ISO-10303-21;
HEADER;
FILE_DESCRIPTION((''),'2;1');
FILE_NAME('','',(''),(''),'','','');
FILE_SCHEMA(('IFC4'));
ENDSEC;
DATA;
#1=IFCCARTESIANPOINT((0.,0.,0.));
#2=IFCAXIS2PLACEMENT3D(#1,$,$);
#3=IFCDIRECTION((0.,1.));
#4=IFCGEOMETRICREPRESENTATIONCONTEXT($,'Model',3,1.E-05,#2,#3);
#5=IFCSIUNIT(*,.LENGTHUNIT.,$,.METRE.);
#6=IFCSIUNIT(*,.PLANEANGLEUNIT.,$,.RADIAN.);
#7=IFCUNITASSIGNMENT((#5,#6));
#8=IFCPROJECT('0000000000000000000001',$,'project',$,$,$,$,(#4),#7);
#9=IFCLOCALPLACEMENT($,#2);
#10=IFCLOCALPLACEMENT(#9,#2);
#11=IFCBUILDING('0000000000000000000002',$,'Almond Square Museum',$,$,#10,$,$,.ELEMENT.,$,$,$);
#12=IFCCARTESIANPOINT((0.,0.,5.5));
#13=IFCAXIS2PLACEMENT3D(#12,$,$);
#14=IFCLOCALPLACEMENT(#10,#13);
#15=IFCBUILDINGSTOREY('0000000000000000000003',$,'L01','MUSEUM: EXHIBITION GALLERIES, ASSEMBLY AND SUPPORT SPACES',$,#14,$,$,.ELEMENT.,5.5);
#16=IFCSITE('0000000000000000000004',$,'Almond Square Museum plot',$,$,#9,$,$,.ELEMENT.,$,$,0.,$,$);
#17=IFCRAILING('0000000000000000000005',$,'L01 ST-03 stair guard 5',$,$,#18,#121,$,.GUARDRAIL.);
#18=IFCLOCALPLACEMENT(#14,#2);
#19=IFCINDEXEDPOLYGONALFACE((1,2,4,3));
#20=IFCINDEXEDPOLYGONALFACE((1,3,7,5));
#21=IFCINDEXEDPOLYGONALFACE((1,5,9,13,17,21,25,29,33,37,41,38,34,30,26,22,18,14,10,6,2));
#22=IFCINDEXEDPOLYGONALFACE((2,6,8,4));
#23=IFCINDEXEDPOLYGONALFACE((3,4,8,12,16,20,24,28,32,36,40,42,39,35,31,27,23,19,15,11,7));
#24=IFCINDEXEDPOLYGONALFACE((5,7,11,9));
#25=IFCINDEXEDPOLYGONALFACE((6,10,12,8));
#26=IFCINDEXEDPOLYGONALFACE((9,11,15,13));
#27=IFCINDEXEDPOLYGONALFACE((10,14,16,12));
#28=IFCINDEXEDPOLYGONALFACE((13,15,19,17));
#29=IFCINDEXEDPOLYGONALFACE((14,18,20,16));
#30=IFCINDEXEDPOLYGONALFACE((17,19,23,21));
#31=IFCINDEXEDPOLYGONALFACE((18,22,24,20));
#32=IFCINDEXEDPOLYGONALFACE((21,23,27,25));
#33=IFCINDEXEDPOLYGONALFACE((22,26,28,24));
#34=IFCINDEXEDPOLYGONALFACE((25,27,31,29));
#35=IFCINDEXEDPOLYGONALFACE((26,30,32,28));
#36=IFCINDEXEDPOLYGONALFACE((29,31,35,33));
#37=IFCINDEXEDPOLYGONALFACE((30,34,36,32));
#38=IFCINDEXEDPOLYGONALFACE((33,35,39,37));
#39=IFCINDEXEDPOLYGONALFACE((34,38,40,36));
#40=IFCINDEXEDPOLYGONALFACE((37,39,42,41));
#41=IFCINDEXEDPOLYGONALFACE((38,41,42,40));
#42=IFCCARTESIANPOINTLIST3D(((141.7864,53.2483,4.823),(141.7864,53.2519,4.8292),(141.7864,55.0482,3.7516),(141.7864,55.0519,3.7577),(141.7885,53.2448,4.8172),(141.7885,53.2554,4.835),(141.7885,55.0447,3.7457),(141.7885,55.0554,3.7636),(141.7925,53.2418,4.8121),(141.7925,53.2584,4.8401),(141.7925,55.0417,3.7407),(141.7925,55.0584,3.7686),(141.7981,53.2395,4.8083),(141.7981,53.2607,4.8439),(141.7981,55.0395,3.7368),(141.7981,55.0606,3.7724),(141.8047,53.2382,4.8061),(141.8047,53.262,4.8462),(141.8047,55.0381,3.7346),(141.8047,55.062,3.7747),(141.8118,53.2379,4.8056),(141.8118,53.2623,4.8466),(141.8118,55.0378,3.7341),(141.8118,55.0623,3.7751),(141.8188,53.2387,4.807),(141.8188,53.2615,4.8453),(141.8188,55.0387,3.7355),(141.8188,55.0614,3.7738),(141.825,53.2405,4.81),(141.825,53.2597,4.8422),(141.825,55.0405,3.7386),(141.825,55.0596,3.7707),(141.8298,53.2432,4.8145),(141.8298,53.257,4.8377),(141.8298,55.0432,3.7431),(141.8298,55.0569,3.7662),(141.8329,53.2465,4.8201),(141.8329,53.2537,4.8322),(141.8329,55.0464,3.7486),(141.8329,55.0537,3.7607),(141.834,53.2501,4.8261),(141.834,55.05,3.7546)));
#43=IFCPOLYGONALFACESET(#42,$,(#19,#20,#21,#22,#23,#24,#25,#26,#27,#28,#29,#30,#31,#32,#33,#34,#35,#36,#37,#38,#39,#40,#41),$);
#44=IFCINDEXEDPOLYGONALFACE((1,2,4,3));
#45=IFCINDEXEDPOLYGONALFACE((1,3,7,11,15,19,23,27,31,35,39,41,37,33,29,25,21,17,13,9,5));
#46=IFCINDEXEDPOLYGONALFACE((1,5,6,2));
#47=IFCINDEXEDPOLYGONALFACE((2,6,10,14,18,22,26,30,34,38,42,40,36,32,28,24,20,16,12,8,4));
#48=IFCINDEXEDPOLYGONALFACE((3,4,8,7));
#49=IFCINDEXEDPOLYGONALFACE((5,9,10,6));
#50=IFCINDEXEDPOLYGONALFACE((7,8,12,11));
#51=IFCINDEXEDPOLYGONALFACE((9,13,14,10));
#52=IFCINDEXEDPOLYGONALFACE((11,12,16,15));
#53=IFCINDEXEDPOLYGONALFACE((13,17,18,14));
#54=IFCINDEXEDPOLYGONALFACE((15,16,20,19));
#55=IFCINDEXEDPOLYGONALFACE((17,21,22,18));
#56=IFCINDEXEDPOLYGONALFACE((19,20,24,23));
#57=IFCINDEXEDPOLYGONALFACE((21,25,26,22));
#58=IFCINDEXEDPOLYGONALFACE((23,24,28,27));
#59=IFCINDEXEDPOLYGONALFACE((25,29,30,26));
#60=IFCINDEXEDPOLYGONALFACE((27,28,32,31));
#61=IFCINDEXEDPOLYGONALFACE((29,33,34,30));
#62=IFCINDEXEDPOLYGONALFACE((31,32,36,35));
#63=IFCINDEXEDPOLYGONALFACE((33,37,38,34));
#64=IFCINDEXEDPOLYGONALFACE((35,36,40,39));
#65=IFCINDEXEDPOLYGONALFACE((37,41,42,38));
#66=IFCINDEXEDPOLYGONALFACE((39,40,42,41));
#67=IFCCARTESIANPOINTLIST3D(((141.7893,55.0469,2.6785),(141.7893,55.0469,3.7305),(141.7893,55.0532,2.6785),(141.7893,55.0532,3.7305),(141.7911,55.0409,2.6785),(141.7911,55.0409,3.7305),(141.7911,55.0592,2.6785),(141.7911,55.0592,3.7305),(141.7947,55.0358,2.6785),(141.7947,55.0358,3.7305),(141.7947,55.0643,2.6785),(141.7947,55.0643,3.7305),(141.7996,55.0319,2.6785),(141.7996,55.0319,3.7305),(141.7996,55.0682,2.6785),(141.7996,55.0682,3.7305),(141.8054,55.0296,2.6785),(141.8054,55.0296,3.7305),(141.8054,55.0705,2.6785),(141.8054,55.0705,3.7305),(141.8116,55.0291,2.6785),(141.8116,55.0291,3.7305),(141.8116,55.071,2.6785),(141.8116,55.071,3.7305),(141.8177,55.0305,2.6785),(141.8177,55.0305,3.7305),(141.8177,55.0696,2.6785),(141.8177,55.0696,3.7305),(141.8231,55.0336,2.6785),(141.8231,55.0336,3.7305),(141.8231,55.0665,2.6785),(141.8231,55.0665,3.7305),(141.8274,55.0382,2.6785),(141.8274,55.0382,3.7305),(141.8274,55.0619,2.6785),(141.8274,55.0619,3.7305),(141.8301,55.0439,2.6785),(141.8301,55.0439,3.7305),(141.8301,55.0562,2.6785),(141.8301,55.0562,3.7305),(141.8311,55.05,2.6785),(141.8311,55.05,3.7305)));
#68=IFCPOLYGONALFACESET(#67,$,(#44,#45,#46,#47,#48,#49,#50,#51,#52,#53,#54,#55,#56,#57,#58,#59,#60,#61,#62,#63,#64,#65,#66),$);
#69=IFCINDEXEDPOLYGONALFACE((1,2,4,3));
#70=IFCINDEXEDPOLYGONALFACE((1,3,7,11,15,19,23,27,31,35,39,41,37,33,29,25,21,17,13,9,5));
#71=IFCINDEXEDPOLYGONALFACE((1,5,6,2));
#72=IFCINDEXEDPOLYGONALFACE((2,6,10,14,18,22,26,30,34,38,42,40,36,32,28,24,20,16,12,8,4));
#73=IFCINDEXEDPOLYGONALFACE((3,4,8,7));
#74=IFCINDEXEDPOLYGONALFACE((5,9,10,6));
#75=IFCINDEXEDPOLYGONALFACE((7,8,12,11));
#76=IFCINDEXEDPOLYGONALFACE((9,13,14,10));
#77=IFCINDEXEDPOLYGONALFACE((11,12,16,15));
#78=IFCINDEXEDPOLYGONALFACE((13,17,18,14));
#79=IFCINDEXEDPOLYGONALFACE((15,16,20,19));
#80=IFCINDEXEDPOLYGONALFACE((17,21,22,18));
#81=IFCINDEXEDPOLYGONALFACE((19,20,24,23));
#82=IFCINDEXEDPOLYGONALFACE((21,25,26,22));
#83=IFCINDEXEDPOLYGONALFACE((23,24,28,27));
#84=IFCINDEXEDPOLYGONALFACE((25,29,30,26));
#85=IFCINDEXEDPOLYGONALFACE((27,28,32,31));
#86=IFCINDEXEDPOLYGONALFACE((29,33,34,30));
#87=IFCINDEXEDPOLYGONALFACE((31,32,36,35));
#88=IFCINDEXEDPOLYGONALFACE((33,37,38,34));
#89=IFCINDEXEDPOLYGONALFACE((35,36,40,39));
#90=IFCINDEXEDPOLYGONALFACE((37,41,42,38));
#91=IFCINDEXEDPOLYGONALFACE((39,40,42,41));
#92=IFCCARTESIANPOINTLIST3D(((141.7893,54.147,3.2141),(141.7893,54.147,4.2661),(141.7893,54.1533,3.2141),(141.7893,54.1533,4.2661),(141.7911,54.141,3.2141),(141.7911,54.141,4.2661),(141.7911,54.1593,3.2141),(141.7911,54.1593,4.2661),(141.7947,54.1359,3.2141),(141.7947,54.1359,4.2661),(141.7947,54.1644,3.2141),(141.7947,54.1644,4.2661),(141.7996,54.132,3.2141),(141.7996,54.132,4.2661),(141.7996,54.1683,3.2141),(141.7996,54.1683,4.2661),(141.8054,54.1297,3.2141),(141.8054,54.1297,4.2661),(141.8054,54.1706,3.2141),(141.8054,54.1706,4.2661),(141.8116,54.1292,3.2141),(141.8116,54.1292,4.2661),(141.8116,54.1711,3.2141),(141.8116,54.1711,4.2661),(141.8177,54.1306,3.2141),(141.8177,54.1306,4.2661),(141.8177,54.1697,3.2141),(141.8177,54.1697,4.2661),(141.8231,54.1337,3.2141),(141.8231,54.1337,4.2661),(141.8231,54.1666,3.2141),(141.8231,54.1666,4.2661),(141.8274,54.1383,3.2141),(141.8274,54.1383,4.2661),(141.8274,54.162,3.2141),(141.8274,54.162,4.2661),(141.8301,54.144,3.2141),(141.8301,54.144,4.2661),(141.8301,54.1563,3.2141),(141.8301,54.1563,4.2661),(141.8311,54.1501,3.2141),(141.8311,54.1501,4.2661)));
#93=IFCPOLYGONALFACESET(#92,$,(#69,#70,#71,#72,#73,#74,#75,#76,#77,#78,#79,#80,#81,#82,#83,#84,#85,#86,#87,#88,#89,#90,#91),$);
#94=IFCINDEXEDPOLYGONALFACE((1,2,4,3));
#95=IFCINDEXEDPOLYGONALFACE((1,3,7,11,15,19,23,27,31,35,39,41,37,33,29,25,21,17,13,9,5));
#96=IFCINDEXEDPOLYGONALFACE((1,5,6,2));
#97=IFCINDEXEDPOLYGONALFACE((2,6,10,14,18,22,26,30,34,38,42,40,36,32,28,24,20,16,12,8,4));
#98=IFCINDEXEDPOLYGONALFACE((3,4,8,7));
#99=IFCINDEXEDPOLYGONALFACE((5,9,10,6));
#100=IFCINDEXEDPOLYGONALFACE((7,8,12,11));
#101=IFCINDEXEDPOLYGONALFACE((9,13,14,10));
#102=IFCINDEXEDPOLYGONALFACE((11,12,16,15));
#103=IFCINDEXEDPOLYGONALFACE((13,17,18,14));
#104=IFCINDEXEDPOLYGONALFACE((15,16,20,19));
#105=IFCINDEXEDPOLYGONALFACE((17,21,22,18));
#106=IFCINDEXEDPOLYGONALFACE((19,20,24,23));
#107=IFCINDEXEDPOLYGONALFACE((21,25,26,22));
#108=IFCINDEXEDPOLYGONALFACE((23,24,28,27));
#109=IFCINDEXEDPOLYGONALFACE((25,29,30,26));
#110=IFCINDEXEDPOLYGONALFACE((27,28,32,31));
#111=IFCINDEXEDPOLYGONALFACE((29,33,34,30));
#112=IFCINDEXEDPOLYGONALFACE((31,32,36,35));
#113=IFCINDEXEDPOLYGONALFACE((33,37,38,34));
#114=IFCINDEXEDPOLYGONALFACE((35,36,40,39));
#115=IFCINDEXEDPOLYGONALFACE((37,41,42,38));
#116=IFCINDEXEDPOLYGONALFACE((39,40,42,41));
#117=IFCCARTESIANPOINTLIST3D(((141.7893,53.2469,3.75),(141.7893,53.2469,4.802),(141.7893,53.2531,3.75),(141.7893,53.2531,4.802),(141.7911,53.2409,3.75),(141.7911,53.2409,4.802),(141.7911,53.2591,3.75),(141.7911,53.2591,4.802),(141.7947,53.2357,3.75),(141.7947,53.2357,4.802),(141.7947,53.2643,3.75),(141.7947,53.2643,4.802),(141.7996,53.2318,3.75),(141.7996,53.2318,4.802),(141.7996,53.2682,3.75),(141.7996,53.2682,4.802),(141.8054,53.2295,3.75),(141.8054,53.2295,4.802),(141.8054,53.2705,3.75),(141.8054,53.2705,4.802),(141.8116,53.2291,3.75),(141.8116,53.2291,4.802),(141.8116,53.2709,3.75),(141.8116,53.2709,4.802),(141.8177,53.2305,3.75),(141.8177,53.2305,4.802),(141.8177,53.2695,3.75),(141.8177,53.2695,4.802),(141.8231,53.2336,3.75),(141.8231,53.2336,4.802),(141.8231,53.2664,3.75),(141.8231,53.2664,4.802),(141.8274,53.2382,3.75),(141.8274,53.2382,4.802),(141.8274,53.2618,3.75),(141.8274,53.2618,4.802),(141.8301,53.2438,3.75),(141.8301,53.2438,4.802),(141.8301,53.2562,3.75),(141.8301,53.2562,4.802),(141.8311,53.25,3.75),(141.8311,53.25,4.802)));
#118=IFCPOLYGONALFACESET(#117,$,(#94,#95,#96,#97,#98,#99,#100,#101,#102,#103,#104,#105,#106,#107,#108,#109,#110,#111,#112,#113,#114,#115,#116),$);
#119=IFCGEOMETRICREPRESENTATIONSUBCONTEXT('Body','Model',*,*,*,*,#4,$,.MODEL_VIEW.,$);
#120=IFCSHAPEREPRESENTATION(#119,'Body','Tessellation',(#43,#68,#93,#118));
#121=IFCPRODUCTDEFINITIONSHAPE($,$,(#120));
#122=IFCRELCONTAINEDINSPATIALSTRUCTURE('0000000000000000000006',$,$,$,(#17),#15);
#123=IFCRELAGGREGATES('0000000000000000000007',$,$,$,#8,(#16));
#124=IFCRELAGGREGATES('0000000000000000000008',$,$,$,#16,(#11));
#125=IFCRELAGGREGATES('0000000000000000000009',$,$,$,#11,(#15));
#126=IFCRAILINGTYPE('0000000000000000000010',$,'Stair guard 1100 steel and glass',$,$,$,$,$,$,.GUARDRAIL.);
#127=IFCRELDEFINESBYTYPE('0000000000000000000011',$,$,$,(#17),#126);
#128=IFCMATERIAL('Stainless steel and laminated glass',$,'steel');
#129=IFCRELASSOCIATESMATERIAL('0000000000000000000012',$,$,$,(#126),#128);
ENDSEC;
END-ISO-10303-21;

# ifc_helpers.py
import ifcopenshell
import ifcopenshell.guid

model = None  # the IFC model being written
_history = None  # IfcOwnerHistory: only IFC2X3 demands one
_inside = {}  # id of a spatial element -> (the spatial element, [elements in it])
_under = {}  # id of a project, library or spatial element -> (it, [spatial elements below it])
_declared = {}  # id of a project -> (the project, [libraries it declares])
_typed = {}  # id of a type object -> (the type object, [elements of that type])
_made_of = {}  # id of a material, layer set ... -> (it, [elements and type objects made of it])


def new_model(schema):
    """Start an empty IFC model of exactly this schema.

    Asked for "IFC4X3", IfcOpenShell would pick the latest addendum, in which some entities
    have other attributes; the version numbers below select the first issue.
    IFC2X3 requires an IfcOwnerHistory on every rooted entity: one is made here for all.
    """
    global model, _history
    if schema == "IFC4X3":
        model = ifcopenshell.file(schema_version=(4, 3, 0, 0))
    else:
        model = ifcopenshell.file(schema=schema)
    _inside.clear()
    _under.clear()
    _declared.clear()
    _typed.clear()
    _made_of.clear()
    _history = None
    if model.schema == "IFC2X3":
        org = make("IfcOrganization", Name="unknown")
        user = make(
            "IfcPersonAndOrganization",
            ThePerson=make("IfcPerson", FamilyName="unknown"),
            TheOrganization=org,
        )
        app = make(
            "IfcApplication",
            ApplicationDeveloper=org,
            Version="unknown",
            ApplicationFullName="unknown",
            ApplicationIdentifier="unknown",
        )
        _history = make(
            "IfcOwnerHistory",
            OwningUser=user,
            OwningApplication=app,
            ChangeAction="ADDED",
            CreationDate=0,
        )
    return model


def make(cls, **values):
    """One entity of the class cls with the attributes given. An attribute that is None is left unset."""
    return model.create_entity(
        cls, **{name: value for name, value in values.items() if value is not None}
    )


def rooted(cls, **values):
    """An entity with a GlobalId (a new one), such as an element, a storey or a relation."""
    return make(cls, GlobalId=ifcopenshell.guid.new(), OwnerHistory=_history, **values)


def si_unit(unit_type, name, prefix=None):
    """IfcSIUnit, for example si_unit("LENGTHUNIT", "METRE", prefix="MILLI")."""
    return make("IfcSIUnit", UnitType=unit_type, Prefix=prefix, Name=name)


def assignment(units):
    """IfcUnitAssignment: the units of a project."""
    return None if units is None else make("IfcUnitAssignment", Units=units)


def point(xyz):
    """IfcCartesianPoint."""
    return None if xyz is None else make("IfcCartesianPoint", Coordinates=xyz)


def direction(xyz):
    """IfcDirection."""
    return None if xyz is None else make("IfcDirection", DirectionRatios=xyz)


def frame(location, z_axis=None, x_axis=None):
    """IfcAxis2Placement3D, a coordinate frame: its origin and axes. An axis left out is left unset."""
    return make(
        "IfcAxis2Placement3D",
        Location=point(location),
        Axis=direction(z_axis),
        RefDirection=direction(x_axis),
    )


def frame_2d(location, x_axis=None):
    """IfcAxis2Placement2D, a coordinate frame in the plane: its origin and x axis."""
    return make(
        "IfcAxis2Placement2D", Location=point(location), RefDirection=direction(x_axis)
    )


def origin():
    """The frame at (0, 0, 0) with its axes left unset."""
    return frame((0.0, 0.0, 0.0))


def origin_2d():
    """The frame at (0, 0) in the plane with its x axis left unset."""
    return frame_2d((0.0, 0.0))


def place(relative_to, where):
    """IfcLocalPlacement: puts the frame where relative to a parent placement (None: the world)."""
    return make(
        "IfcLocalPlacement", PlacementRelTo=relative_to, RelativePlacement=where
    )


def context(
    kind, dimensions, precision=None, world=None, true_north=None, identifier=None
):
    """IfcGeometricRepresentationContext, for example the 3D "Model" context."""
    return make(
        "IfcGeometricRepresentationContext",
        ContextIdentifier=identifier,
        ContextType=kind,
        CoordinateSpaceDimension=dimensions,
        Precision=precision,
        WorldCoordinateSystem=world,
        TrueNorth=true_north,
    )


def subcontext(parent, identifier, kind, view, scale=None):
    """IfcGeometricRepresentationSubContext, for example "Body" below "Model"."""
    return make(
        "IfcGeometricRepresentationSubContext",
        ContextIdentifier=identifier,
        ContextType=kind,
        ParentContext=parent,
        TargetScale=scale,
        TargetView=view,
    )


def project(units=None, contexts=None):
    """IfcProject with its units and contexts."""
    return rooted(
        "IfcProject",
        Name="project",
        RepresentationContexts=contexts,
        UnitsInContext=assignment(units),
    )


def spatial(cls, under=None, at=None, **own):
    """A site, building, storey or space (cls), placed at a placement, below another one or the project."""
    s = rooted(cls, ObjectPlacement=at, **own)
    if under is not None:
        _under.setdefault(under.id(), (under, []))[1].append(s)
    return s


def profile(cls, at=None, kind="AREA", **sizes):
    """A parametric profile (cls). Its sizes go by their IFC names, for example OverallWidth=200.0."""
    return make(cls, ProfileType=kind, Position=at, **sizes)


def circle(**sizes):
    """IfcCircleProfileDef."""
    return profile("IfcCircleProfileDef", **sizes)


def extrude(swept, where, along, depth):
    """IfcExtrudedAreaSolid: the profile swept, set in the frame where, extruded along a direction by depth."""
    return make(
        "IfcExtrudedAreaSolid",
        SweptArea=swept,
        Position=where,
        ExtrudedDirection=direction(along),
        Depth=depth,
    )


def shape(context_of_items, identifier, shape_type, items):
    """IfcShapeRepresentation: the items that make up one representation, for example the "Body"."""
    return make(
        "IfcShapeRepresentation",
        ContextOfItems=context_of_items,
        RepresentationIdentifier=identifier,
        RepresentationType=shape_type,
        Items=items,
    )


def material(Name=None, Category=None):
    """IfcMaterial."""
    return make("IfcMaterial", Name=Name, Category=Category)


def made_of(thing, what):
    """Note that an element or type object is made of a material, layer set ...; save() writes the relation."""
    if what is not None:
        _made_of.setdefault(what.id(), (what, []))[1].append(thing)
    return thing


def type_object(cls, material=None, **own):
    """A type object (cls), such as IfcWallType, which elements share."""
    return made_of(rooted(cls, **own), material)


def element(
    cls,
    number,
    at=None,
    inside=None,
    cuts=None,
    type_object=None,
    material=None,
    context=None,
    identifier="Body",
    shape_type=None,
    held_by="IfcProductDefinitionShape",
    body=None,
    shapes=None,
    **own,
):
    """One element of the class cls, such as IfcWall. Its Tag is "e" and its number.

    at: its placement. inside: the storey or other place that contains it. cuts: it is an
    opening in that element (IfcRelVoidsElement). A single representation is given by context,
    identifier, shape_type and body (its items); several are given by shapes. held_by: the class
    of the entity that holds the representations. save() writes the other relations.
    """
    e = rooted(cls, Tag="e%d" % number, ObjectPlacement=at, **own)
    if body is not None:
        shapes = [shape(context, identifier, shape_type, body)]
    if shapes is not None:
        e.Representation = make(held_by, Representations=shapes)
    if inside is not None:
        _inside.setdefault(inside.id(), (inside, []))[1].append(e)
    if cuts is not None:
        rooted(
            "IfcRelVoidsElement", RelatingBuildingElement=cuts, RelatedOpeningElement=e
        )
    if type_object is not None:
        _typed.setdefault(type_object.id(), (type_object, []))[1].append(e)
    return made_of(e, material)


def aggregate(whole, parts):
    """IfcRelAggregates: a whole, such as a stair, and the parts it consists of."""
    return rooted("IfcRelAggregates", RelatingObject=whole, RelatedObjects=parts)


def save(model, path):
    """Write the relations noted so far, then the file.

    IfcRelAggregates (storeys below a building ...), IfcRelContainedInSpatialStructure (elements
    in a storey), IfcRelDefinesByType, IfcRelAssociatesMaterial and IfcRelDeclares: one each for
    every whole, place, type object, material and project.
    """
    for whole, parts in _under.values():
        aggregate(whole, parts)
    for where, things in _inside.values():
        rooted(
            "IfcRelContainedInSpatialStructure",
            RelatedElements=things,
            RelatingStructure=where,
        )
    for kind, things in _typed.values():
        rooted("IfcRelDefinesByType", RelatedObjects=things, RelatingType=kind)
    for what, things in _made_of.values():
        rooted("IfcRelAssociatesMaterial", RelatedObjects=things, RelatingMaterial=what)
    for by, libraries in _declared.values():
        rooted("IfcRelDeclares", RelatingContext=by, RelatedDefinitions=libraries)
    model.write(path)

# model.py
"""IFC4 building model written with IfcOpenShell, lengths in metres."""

from ifc_helpers import new_model, si_unit, direction, frame, origin, origin_2d, place, context, subcontext, project, spatial, circle, extrude, material, type_object, element, save


model = new_model("IFC4")

# Units and contexts
model_context = context("Model", 3, precision=1e-05, world=origin(), true_north=direction((0.0, 1.0)))
body_context = subcontext(model_context, "Body", "Model", "MODEL_VIEW")
ifc_project = project(units=[si_unit("LENGTHUNIT", "METRE"), si_unit("PLANEANGLEUNIT", "RADIAN")], contexts=[model_context])

# Site, building, storey
site_placement = place(None, origin())
site = spatial("IfcSite", under=ifc_project, at=site_placement, Name="Almond Square Museum plot", CompositionType="ELEMENT", RefElevation=0.0)
building_placement = place(site_placement, origin())
building = spatial("IfcBuilding", under=site, at=building_placement, Name="Almond Square Museum", CompositionType="ELEMENT")
storey_placement = place(building_placement, frame((0.0, 0.0, 5.5)))
storey = spatial("IfcBuildingStorey", under=building, at=storey_placement, Name="L01", Description="MUSEUM: EXHIBITION GALLERIES, ASSEMBLY AND SUPPORT SPACES", CompositionType="ELEMENT", Elevation=5.5)

# Railing
ifc_material_1 = material(Name="Stainless steel and laminated glass", Category="steel")
railing_type_1 = type_object("IfcRailingType", Name="Stair guard 1100 steel and glass", PredefinedType="GUARDRAIL", material=ifc_material_1)
railing_1_placement = place(storey_placement, frame((141.8101, 55.05, 2.6785)))
element("IfcRailing", 1, at=railing_1_placement, inside=storey, type_object=railing_type_1, Name="L01 ST-03 stair guard 5", PredefinedType="GUARDRAIL", context=body_context, shape_type="SweptSolid", body=[
    extrude(circle(Radius=0.0239, at=origin_2d()), frame((0.0, 0.0, 1.0762), z_axis=(0.0, -0.859277, 0.51151), x_axis=(1.0, 0.0, 0.0)), (0.0, 0.0, 1.0), 2.0947),
    extrude(circle(Radius=0.021, at=origin_2d()), origin(), (0.0, 0.0, 1.0), 1.052),
    extrude(circle(Radius=0.021, at=origin_2d()), frame((0.0, -0.8999, 0.5356)), (0.0, 0.0, 1.0), 1.052),
    extrude(circle(Radius=0.021, at=origin_2d()), frame((0.0, -1.8, 1.0715)), (0.0, 0.0, 1.0), 1.052),
])

save(model, "model.ifc")
